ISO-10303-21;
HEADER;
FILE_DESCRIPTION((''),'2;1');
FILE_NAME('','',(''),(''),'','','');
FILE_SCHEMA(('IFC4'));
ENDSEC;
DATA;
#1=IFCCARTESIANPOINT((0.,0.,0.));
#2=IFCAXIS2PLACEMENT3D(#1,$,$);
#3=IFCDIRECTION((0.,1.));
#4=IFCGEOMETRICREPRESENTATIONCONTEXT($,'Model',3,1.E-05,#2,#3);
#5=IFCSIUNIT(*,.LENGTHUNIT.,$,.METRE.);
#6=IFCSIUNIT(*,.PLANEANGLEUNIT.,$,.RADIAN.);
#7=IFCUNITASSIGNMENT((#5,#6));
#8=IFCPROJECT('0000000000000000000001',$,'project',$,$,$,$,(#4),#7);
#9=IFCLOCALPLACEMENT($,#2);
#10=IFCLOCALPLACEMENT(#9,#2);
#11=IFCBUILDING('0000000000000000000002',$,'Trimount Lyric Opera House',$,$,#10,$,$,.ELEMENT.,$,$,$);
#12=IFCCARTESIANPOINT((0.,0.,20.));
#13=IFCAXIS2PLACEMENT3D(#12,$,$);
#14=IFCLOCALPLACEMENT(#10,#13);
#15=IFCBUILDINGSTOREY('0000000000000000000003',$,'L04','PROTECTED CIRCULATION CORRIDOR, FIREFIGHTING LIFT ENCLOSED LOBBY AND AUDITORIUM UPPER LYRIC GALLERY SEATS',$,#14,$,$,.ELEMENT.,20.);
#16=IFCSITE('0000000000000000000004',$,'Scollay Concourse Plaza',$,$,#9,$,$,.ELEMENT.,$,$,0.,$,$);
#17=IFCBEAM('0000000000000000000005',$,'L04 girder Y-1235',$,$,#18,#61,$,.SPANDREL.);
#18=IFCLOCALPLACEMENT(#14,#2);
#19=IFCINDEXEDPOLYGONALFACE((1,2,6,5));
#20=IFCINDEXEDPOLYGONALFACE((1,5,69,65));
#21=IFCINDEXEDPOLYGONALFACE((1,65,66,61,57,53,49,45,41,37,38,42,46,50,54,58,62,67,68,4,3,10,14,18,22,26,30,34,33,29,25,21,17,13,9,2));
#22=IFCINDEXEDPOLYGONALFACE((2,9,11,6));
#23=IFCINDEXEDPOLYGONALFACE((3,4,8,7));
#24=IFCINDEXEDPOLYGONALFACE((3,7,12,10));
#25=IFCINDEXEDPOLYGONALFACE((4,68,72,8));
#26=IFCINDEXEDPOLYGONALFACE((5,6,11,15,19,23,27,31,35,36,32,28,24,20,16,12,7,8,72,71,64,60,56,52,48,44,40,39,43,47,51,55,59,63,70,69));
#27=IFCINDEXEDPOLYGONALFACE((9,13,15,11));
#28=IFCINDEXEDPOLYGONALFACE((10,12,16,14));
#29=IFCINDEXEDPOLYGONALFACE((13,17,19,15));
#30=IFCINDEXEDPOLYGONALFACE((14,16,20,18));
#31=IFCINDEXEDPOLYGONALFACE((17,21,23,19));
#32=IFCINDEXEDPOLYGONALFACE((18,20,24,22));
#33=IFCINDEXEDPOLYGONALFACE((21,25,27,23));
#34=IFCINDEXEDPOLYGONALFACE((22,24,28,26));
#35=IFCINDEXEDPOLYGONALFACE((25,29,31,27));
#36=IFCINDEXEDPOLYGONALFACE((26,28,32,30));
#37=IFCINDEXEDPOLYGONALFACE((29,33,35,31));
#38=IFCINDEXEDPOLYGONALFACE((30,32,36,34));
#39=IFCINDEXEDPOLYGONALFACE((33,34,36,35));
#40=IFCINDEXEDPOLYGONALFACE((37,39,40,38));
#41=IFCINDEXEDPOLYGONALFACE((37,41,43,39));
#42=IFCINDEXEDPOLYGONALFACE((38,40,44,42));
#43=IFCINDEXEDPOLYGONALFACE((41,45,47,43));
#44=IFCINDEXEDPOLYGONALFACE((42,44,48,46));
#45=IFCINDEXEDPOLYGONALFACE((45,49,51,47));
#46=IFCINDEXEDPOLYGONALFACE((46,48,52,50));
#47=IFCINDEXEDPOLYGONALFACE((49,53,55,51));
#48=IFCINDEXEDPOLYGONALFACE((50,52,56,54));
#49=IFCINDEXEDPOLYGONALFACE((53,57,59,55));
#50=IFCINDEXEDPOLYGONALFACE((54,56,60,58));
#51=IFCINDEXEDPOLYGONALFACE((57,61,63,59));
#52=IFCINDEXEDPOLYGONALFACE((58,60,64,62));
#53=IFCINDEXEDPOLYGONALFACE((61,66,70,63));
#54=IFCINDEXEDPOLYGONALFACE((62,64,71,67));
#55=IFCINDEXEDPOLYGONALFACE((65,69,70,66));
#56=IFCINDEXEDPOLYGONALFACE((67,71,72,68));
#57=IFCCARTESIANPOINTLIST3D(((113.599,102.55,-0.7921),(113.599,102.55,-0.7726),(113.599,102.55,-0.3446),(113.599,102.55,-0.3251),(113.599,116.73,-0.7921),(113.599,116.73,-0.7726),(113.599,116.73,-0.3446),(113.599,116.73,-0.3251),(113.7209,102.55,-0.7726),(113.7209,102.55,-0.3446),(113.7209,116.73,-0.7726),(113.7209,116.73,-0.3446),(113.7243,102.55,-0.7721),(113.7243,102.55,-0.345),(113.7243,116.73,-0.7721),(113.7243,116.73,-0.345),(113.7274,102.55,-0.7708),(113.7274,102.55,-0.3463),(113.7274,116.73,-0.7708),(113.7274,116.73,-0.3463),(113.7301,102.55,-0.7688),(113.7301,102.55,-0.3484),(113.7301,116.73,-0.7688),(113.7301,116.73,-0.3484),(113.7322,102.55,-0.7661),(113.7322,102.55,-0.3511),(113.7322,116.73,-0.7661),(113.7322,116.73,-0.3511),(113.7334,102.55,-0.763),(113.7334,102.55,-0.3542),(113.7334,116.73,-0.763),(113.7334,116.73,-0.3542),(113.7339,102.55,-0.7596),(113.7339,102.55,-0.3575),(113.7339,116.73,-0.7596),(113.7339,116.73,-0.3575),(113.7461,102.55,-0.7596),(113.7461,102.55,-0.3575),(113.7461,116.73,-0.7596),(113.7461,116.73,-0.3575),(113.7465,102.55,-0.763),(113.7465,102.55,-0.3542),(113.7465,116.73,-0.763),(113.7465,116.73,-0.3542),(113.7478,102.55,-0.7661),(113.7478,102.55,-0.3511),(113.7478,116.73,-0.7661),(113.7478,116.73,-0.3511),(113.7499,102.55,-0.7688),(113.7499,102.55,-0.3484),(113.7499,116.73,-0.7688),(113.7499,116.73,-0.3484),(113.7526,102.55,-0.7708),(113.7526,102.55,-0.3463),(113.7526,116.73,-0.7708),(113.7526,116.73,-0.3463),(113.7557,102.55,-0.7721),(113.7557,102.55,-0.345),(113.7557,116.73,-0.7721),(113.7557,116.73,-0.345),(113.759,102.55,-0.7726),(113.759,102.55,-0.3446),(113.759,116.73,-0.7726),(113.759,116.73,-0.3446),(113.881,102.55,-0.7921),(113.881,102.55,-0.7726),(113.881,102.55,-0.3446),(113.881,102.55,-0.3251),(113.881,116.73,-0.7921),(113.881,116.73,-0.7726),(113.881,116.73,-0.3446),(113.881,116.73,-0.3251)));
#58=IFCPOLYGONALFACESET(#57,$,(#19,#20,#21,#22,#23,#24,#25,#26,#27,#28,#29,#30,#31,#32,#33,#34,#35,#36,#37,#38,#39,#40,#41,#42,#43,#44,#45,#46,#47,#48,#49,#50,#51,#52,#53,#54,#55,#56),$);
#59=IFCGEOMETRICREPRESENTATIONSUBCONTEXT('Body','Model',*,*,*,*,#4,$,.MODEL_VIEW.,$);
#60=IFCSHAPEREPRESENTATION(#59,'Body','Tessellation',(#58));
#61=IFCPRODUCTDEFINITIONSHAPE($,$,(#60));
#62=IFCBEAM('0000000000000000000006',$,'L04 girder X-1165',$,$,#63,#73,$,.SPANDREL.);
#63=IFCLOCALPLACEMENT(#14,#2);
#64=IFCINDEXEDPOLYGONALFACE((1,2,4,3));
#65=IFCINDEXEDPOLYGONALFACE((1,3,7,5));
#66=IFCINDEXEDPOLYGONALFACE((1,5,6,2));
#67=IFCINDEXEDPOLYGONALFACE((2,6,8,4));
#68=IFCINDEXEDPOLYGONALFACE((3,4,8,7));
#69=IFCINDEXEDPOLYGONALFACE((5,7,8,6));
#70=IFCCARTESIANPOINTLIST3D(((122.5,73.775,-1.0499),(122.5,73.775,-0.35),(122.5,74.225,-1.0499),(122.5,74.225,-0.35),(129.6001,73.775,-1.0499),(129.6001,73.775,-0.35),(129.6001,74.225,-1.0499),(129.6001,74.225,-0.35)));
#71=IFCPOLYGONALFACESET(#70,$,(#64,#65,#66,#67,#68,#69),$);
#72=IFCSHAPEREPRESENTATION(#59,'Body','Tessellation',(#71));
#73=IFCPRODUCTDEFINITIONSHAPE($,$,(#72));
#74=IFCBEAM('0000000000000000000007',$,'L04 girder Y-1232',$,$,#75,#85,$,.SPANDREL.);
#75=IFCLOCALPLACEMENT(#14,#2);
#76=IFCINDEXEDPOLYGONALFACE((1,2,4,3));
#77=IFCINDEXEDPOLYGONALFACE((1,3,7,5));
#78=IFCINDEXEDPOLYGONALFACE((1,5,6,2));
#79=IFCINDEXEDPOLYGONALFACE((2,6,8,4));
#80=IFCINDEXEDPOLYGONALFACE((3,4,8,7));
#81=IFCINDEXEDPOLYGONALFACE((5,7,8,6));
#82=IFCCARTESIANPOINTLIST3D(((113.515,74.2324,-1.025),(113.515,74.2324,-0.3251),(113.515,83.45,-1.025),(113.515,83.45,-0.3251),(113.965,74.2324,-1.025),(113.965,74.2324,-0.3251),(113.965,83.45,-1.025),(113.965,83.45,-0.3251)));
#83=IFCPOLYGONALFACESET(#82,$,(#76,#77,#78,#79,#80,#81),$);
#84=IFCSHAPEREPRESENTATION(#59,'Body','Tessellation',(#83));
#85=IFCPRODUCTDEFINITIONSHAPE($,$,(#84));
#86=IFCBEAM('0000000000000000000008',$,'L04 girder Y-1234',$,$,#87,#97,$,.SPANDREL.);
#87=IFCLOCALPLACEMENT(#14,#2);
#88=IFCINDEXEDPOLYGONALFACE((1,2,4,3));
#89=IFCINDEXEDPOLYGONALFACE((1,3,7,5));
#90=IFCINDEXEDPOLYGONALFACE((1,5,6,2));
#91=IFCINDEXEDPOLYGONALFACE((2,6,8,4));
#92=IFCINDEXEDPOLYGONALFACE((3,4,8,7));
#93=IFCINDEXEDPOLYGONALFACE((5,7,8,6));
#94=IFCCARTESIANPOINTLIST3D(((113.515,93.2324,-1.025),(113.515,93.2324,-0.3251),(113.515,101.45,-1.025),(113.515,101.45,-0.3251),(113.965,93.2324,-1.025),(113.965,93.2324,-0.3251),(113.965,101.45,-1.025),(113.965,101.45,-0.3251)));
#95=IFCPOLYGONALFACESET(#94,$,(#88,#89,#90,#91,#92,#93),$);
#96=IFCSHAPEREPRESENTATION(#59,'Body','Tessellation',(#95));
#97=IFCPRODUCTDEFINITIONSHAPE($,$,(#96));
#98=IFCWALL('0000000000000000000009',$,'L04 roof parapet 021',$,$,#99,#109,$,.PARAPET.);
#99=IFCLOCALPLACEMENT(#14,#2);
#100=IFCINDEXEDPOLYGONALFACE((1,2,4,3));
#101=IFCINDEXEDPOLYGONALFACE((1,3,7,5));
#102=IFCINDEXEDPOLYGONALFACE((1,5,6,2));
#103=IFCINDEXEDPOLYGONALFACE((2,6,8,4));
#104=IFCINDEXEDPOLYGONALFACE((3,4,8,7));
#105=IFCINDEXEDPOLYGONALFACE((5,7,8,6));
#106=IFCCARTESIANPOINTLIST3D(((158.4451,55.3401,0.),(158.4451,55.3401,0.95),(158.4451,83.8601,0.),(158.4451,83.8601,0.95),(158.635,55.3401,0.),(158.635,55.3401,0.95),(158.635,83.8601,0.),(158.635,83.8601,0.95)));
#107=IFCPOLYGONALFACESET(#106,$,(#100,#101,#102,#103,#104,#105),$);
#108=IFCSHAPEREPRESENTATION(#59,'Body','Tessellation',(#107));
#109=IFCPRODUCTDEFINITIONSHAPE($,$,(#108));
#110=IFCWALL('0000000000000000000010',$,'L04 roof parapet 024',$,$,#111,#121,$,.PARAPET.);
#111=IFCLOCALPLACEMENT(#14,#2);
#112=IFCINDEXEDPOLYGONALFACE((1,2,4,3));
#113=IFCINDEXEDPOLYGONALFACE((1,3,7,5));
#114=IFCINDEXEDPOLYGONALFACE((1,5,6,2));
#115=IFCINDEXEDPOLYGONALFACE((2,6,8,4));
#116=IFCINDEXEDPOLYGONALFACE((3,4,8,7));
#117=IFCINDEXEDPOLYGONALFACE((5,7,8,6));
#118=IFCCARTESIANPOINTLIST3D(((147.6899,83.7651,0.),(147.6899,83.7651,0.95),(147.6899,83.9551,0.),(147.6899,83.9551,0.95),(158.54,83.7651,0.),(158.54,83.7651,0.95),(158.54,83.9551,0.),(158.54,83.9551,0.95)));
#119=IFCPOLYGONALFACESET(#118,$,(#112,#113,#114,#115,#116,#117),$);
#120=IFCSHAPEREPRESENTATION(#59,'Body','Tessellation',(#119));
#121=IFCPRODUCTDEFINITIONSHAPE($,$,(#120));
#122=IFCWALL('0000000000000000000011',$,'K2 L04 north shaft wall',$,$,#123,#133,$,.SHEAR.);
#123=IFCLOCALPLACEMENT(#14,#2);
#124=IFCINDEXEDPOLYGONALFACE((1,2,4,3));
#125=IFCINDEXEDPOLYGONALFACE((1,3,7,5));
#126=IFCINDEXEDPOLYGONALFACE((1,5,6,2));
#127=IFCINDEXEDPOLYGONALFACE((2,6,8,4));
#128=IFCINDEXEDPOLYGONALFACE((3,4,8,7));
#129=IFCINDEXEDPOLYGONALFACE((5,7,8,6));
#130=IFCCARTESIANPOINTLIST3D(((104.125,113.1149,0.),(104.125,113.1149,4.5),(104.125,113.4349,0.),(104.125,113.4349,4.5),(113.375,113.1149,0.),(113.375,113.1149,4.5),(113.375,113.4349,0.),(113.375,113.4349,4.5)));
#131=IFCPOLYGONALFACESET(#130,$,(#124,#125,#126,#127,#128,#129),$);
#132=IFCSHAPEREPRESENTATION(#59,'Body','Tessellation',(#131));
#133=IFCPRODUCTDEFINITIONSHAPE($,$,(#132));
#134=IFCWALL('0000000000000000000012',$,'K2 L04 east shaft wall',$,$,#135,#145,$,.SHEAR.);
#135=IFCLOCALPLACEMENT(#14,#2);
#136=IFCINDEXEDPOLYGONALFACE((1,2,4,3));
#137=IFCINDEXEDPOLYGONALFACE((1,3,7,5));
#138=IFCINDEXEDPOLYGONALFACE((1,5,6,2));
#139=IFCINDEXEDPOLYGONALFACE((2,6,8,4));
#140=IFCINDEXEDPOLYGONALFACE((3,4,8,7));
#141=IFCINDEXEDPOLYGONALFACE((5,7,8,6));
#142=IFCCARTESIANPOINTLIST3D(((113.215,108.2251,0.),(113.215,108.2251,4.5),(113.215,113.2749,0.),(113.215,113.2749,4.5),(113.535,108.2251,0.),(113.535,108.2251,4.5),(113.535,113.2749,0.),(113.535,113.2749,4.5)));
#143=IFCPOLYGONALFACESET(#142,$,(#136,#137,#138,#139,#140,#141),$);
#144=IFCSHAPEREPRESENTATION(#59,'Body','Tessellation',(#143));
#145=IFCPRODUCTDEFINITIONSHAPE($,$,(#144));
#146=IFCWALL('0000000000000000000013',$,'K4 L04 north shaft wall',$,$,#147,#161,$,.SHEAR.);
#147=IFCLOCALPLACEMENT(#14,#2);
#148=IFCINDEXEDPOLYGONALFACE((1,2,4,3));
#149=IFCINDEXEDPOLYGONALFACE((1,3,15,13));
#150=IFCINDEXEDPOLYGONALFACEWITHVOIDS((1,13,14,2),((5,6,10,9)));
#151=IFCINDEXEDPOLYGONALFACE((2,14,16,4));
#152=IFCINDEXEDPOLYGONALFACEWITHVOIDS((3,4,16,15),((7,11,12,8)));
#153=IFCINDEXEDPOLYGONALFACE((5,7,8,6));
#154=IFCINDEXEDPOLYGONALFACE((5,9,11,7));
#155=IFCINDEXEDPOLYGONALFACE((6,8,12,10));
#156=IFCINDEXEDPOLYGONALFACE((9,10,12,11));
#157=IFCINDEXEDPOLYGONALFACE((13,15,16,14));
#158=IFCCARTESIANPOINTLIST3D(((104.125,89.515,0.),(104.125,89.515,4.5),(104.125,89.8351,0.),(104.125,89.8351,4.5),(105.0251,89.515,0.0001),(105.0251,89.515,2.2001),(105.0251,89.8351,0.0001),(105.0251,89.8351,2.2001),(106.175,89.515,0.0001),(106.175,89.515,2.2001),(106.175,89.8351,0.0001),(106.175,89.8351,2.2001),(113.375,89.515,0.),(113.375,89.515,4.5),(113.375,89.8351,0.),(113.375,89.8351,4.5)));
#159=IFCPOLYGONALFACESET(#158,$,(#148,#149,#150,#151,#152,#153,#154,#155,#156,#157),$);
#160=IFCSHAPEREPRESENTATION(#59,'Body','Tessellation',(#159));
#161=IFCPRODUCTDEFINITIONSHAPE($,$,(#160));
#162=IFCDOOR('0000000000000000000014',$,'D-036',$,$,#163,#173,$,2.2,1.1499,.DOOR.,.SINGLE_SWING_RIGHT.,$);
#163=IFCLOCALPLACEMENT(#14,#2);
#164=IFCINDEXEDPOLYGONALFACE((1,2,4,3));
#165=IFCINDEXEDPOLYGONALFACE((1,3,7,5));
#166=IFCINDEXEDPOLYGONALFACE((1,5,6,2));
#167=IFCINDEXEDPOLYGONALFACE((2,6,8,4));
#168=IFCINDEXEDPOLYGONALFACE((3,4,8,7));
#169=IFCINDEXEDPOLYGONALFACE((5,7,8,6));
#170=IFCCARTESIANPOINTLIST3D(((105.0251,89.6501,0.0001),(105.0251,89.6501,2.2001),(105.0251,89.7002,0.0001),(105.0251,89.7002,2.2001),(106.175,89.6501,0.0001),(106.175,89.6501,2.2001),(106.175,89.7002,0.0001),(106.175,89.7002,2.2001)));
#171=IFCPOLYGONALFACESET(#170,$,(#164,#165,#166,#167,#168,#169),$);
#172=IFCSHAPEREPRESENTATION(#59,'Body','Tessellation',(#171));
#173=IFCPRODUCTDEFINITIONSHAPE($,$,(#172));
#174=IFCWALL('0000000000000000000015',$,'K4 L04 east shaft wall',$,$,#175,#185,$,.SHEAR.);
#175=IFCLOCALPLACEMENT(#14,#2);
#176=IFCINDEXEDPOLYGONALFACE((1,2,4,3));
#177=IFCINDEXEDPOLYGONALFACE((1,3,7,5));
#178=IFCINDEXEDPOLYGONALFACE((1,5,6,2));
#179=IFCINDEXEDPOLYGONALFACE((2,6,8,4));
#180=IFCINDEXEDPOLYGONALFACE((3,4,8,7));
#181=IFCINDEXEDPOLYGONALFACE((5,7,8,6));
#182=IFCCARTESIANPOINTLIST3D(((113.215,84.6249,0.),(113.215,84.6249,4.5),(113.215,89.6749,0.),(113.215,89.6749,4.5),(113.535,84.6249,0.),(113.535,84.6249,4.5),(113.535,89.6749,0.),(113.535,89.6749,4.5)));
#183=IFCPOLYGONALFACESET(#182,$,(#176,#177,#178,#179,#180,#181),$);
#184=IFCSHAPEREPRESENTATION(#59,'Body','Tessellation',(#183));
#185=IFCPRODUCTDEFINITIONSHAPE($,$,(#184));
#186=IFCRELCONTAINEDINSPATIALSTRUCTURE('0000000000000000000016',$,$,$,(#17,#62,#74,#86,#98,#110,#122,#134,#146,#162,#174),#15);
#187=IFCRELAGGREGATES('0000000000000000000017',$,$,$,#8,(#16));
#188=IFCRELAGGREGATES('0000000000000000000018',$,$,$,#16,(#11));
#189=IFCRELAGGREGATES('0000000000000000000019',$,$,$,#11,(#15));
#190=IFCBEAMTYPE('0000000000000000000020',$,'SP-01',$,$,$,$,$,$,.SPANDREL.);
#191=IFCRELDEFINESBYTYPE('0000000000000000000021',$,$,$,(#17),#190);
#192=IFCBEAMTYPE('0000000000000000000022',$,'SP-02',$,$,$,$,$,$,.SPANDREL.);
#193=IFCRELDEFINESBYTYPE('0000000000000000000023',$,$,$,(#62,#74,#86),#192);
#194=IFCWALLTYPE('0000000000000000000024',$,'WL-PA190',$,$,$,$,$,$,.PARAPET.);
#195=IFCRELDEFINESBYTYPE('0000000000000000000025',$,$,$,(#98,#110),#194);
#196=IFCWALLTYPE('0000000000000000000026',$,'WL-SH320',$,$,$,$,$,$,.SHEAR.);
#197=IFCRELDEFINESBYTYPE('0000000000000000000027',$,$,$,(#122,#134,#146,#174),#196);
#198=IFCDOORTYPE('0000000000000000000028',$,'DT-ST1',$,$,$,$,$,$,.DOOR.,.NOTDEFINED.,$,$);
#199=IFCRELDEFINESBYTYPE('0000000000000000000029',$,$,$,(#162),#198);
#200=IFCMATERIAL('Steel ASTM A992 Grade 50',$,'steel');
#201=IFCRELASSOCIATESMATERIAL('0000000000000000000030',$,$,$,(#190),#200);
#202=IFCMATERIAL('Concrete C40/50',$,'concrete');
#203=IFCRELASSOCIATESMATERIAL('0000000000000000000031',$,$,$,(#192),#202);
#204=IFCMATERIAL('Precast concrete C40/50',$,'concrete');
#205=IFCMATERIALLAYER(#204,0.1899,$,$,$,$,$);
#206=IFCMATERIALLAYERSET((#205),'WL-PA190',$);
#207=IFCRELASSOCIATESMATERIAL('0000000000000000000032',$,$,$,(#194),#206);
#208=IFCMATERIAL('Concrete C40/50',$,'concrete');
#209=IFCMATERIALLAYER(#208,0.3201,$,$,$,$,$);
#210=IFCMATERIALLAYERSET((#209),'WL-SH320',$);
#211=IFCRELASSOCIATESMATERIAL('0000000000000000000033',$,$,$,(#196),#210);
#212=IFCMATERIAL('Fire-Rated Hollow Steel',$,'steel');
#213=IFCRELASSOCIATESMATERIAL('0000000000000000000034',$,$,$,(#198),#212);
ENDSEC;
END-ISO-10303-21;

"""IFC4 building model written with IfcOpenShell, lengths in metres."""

from ifc_helpers import new_model, si_unit, direction, frame, frame_2d, origin, origin_2d, place, context, subcontext, project, spatial, rectangle, i_section, extrude, material, layer, layer_set, material_profile, profile_set, type_object, element, fill, save


model = new_model("IFC4")

# Units and contexts
model_context = context("Model", 3, precision=1e-05, world=origin(), true_north=direction((0.0, 1.0)))
body_context = subcontext(model_context, "Body", "Model", "MODEL_VIEW")
ifc_project = project(units=[si_unit("LENGTHUNIT", "METRE"), si_unit("PLANEANGLEUNIT", "RADIAN")], contexts=[model_context])

# Site, building, storey
site_placement = place(None, origin())
site = spatial("IfcSite", under=ifc_project, at=site_placement, Name="Scollay Concourse Plaza", CompositionType="ELEMENT", RefElevation=0.0)
building_placement = place(site_placement, origin())
building = spatial("IfcBuilding", under=site, at=building_placement, Name="Trimount Lyric Opera House", CompositionType="ELEMENT")
storey_placement = place(building_placement, frame((0.0, 0.0, 20.0)))
storey = spatial("IfcBuildingStorey", under=building, at=storey_placement, Name="L04", Description="PROTECTED CIRCULATION CORRIDOR, FIREFIGHTING LIFT ENCLOSED LOBBY AND AUDITORIUM UPPER LYRIC GALLERY SEATS", CompositionType="ELEMENT", Elevation=20.0)

# Beams
ifc_material_1 = material(Name="Steel ASTM A992 Grade 50", Category="steel")
ifc_material_profile_1 = material_profile(ifc_material_1, i_section(OverallWidth=0.282, OverallDepth=0.467, WebThickness=0.0122, FlangeThickness=0.0195, FilletRadius=0.0129, at=origin_2d()), Name="W18X86")
ifc_profile_set_1 = profile_set([ifc_material_profile_1], Name="Steel ASTM A992 Grade 50")
beam_type_1 = type_object("IfcBeamType", Name="SP-01", PredefinedType="SPANDREL", material=ifc_profile_set_1)
beam_1_placement = place(storey_placement, frame((113.74, 102.55, -0.5586), z_axis=(0.0, 1.0, 0.0), x_axis=(-1.0, 0.0, 0.0)))
element("IfcBeam", 1, at=beam_1_placement, inside=storey, type_object=beam_type_1, Name="L04 girder Y-1235", PredefinedType="SPANDREL", context=body_context, shape_type="SweptSolid", body=[
    extrude(i_section(OverallWidth=0.282, OverallDepth=0.467, WebThickness=0.0122, FlangeThickness=0.0195, FilletRadius=0.0129, at=origin_2d()), origin(), (0.0, 0.0, 1.0), 14.1799),
])
ifc_material_2 = material(Name="Concrete C40/50", Category="concrete")
ifc_material_profile_2 = material_profile(ifc_material_2, rectangle(XDim=0.45, YDim=0.7, at=origin_2d()), Name="RC450X700")
ifc_profile_set_2 = profile_set([ifc_material_profile_2], Name="Concrete C40/50")
beam_type_2 = type_object("IfcBeamType", Name="SP-02", PredefinedType="SPANDREL", material=ifc_profile_set_2)
beam_2_placement = place(storey_placement, frame((122.5, 74.0, -0.7), z_axis=(1.0, 0.0, 0.0), x_axis=(0.0, 1.0, 0.0)))
element("IfcBeam", 2, at=beam_2_placement, inside=storey, type_object=beam_type_2, Name="L04 girder X-1165", PredefinedType="SPANDREL", context=body_context, shape_type="SweptSolid", body=[
    extrude(rectangle(XDim=0.45, YDim=0.7, at=origin_2d()), origin(), (0.0, 0.0, 1.0), 7.1001),
])
beam_3_placement = place(storey_placement, frame((113.74, 74.2324, -0.675), z_axis=(0.0, 1.0, 0.0), x_axis=(-1.0, 0.0, 0.0)))
element("IfcBeam", 3, at=beam_3_placement, inside=storey, type_object=beam_type_2, Name="L04 girder Y-1232", PredefinedType="SPANDREL", context=body_context, shape_type="SweptSolid", body=[
    extrude(rectangle(XDim=0.45, YDim=0.7, at=origin_2d()), origin(), (0.0, 0.0, 1.0), 9.2175),
])
beam_4_placement = place(storey_placement, frame((113.74, 93.2324, -0.675), z_axis=(0.0, 1.0, 0.0), x_axis=(-1.0, 0.0, 0.0)))
element("IfcBeam", 4, at=beam_4_placement, inside=storey, type_object=beam_type_2, Name="L04 girder Y-1234", PredefinedType="SPANDREL", context=body_context, shape_type="SweptSolid", body=[
    extrude(rectangle(XDim=0.45, YDim=0.7, at=origin_2d()), origin(), (0.0, 0.0, 1.0), 8.2175),
])

# Walls
ifc_material_3 = material(Name="Precast concrete C40/50", Category="concrete")
ifc_layer_1 = layer(ifc_material_3, 0.1899)
ifc_layer_set_1 = layer_set([ifc_layer_1], Name="WL-PA190")
wall_type_1 = type_object("IfcWallType", Name="WL-PA190", PredefinedType="PARAPET", material=ifc_layer_set_1)
wall_1_placement = place(storey_placement, frame((158.54, 83.8601, 0.0), z_axis=(0.0, 0.0, 1.0), x_axis=(0.0, -1.0, 0.0)))
element("IfcWall", 5, at=wall_1_placement, inside=storey, type_object=wall_type_1, Name="L04 roof parapet 021", PredefinedType="PARAPET", context=body_context, shape_type="SweptSolid", body=[
    extrude(rectangle(XDim=28.52, YDim=0.1899, at=frame_2d((14.26, 0.0))), origin(), (0.0, 0.0, 1.0), 0.95),
])
wall_2_placement = place(storey_placement, frame((147.6899, 83.8601, 0.0), z_axis=(0.0, 0.0, 1.0), x_axis=(1.0, 0.0, 0.0)))
element("IfcWall", 6, at=wall_2_placement, inside=storey, type_object=wall_type_1, Name="L04 roof parapet 024", PredefinedType="PARAPET", context=body_context, shape_type="SweptSolid", body=[
    extrude(rectangle(XDim=10.8501, YDim=0.1899, at=frame_2d((5.425, 0.0))), origin(), (0.0, 0.0, 1.0), 0.95),
])
ifc_material_4 = material(Name="Concrete C40/50", Category="concrete")
ifc_layer_2 = layer(ifc_material_4, 0.3201)
ifc_layer_set_2 = layer_set([ifc_layer_2], Name="WL-SH320")
wall_type_2 = type_object("IfcWallType", Name="WL-SH320", PredefinedType="SHEAR", material=ifc_layer_set_2)
wall_3_placement = place(storey_placement, frame((113.375, 113.2749, 0.0), z_axis=(0.0, 0.0, 1.0), x_axis=(-1.0, 0.0, 0.0)))
element("IfcWall", 7, at=wall_3_placement, inside=storey, type_object=wall_type_2, Name="K2 L04 north shaft wall", PredefinedType="SHEAR", context=body_context, shape_type="SweptSolid", body=[
    extrude(rectangle(XDim=9.25, YDim=0.3201, at=frame_2d((4.625, 0.0))), origin(), (0.0, 0.0, 1.0), 4.5),
])
wall_4_placement = place(storey_placement, frame((113.375, 108.2251, 0.0), z_axis=(0.0, 0.0, 1.0), x_axis=(0.0, 1.0, 0.0)))
element("IfcWall", 8, at=wall_4_placement, inside=storey, type_object=wall_type_2, Name="K2 L04 east shaft wall", PredefinedType="SHEAR", context=body_context, shape_type="SweptSolid", body=[
    extrude(rectangle(XDim=5.0498, YDim=0.3201, at=frame_2d((2.5249, 0.0))), origin(), (0.0, 0.0, 1.0), 4.5),
])

# Wall, opening, door
wall_5_placement = place(storey_placement, frame((113.375, 89.675, 0.0), z_axis=(0.0, 0.0, 1.0), x_axis=(-1.0, 0.0, 0.0)))
wall_5 = element("IfcWall", 9, at=wall_5_placement, inside=storey, type_object=wall_type_2, Name="K4 L04 north shaft wall", PredefinedType="SHEAR", context=body_context, shape_type="SweptSolid", body=[
    extrude(rectangle(XDim=9.25, YDim=0.3201, at=frame_2d((4.625, 0.0))), origin(), (0.0, 0.0, 1.0), 4.5),
])
opening_placement = place(wall_5_placement, frame((7.2, 0.0, 0.0)))
opening = element("IfcOpeningElement", 10, at=opening_placement, cuts=wall_5, PredefinedType="OPENING", context=body_context, shape_type="SweptSolid", body=[
    extrude(rectangle(XDim=1.1499, YDim=2.2, at=frame_2d((0.575, 1.1001))), frame((0.0, 0.1699, 0.0), z_axis=(0.0, -1.0, 0.0), x_axis=(1.0, 0.0, 0.0)), (0.0, 0.0, 1.0), 0.3401),
])
ifc_material_5 = material(Name="Fire-Rated Hollow Steel", Category="steel")
door_type = type_object("IfcDoorType", Name="DT-ST1", OperationType="NOTDEFINED", PredefinedType="DOOR", material=ifc_material_5)
door_placement = place(opening_placement, origin())
door = element("IfcDoor", 11, at=door_placement, inside=storey, type_object=door_type, Name="D-036", OperationType="SINGLE_SWING_RIGHT", OverallHeight=2.2, OverallWidth=1.1499, PredefinedType="DOOR", context=body_context, shape_type="SweptSolid", body=[
    extrude(rectangle(XDim=1.1499, YDim=2.2, at=frame_2d((0.575, 1.1001))), frame((0.0, 0.0249, 0.0), z_axis=(0.0, -1.0, 0.0), x_axis=(1.0, 0.0, 0.0)), (0.0, 0.0, 1.0), 0.05),
])
fill(opening, door)

# Wall
wall_6_placement = place(storey_placement, frame((113.375, 84.625, 0.0), z_axis=(0.0, 0.0, 1.0), x_axis=(0.0, 1.0, 0.0)))
element("IfcWall", 12, at=wall_6_placement, inside=storey, type_object=wall_type_2, Name="K4 L04 east shaft wall", PredefinedType="SHEAR", context=body_context, shape_type="SweptSolid", body=[
    extrude(rectangle(XDim=5.05, YDim=0.3201, at=frame_2d((2.5249, 0.0))), origin(), (0.0, 0.0, 1.0), 4.5),
])

save(model, "model.ifc")
